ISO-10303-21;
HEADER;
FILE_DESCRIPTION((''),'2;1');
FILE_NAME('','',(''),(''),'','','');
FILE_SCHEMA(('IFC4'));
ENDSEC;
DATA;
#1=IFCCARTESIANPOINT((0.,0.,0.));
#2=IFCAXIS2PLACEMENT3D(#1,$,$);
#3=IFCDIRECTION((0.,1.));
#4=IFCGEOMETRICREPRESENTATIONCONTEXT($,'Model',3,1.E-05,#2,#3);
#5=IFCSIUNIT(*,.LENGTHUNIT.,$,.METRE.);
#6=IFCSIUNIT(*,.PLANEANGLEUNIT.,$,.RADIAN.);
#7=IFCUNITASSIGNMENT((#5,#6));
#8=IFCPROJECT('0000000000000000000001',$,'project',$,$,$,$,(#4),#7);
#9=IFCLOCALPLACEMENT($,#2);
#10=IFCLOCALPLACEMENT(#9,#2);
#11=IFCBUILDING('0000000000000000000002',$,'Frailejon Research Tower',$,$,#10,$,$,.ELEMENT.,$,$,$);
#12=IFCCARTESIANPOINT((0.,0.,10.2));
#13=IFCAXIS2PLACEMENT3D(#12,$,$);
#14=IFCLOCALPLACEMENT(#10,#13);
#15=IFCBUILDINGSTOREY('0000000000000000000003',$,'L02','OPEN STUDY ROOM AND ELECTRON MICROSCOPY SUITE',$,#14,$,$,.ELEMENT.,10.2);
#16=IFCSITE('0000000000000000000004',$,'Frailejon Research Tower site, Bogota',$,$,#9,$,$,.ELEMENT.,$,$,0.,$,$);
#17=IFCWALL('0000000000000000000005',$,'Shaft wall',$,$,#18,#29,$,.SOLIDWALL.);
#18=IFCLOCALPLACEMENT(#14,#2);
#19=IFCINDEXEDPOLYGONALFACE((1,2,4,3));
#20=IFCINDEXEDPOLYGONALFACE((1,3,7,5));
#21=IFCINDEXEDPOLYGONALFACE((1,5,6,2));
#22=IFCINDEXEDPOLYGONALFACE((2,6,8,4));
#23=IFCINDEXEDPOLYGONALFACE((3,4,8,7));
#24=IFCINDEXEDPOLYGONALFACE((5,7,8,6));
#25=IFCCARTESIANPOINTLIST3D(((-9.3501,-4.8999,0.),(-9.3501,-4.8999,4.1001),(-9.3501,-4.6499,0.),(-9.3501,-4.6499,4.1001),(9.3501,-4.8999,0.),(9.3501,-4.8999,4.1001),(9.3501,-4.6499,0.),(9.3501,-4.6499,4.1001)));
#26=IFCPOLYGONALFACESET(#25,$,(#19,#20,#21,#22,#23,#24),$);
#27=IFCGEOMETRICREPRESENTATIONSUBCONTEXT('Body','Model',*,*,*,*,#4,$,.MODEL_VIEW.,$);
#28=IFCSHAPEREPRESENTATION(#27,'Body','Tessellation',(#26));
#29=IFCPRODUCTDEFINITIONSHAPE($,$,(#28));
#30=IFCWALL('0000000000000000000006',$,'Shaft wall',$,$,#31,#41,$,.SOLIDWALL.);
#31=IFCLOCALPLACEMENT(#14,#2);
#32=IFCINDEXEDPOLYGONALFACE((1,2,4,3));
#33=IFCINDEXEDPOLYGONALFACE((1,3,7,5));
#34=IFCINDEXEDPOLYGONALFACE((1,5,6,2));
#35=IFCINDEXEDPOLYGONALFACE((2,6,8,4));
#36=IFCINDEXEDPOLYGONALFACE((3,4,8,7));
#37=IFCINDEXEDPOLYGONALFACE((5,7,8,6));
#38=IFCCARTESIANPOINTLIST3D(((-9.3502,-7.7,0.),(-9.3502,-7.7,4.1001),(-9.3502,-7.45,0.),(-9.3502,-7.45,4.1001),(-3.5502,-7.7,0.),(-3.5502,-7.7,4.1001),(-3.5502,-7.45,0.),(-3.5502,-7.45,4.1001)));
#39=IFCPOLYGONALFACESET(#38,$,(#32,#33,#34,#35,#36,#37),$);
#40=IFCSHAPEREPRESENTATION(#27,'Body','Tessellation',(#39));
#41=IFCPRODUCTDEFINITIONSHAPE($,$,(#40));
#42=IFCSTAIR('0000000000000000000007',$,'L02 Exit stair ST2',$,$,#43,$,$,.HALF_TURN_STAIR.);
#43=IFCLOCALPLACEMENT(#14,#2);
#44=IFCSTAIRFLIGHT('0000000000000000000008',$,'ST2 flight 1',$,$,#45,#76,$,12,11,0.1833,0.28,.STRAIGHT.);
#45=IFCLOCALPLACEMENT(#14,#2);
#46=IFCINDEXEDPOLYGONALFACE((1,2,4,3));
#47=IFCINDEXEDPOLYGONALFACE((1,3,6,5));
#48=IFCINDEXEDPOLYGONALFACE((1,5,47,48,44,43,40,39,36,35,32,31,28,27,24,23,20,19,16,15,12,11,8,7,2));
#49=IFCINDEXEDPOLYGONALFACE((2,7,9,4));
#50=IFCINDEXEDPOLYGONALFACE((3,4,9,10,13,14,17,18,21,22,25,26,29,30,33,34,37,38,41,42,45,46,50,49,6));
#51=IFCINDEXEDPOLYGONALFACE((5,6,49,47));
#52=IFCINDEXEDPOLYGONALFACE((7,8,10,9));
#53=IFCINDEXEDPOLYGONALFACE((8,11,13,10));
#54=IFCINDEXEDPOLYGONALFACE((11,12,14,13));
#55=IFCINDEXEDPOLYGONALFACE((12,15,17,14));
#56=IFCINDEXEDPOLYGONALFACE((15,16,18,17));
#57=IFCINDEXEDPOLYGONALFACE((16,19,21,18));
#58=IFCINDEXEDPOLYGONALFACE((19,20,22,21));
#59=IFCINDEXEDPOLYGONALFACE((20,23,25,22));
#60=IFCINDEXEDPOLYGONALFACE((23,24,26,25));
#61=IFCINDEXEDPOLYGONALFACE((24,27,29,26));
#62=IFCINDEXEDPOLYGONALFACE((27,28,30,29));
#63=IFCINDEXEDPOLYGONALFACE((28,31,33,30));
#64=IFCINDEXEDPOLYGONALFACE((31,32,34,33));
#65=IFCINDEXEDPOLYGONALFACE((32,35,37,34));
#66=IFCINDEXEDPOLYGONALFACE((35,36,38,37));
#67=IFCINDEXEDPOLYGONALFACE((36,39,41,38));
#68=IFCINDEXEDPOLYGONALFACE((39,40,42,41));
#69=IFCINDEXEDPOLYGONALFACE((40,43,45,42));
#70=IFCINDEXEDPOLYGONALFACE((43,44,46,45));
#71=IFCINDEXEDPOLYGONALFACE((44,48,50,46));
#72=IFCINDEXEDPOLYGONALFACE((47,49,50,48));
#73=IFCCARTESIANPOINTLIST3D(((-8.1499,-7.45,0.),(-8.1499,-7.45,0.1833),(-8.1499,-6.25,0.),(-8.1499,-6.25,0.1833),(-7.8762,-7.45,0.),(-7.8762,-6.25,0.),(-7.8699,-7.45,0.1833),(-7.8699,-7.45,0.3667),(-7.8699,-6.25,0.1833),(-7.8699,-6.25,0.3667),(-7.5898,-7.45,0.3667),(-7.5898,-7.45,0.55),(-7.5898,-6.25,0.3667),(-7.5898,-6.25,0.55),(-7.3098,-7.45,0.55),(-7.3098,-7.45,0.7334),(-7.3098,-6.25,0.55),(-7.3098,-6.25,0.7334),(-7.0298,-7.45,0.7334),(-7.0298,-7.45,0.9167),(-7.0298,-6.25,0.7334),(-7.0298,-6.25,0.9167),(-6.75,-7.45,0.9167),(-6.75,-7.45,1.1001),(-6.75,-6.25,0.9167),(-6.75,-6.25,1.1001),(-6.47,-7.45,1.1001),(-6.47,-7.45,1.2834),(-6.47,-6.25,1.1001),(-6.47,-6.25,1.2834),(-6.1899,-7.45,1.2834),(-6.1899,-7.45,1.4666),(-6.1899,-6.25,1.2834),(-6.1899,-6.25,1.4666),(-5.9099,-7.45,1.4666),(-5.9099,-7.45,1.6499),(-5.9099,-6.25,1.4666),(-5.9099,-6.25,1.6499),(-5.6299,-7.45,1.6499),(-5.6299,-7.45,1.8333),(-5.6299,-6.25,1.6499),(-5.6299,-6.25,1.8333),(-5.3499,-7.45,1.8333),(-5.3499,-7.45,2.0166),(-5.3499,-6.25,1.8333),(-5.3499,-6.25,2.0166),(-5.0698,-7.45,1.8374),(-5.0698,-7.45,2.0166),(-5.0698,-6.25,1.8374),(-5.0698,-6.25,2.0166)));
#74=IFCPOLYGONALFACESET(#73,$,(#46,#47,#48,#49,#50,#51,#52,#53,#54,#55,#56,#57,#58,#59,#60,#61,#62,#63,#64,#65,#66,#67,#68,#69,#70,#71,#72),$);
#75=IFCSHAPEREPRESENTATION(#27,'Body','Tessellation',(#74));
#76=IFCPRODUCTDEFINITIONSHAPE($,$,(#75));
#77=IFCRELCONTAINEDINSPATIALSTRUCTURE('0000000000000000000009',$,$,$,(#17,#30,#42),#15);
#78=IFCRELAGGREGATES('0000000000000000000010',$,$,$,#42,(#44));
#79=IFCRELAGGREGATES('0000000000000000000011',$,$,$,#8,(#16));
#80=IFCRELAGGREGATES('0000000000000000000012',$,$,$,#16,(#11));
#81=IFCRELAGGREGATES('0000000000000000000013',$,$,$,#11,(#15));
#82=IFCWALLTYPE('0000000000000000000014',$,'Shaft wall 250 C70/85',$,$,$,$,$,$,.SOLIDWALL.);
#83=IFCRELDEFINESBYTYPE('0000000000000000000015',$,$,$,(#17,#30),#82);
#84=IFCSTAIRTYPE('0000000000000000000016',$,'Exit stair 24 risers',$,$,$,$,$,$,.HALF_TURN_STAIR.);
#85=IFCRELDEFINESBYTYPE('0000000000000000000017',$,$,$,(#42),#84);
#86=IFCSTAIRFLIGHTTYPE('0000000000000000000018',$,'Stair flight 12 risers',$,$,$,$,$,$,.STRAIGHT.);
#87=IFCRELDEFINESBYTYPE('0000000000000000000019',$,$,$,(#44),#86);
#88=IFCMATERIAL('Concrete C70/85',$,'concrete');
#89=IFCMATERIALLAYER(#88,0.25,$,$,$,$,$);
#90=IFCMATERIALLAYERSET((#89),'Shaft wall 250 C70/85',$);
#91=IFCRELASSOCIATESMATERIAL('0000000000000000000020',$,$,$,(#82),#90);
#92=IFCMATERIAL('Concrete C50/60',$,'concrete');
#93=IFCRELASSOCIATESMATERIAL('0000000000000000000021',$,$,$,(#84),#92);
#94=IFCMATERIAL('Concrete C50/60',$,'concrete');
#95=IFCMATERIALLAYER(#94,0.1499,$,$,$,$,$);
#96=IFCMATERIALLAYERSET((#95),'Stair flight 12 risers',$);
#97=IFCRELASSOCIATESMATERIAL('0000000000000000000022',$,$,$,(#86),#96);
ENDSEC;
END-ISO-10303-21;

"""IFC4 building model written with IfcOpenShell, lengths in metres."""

from ifc_helpers import new_model, si_unit, direction, frame, frame_2d, origin, place, context, subcontext, project, spatial, polyline, rectangle, outline, extrude, material, layer, layer_set, type_object, element, aggregate, save


model = new_model("IFC4")

# Units and contexts
model_context = context("Model", 3, precision=1e-05, world=origin(), true_north=direction((0.0, 1.0)))
body_context = subcontext(model_context, "Body", "Model", "MODEL_VIEW")
ifc_project = project(units=[si_unit("LENGTHUNIT", "METRE"), si_unit("PLANEANGLEUNIT", "RADIAN")], contexts=[model_context])

# Site, building, storey
site_placement = place(None, origin())
site = spatial("IfcSite", under=ifc_project, at=site_placement, Name="Frailejon Research Tower site, Bogota", CompositionType="ELEMENT", RefElevation=0.0)
building_placement = place(site_placement, origin())
building = spatial("IfcBuilding", under=site, at=building_placement, Name="Frailejon Research Tower", CompositionType="ELEMENT")
storey_placement = place(building_placement, frame((0.0, 0.0, 10.2)))
storey = spatial("IfcBuildingStorey", under=building, at=storey_placement, Name="L02", Description="OPEN STUDY ROOM AND ELECTRON MICROSCOPY SUITE", CompositionType="ELEMENT", Elevation=10.2)

# Walls
ifc_material_1 = material(Name="Concrete C70/85", Category="concrete")
ifc_layer_1 = layer(ifc_material_1, 0.25)
ifc_layer_set_1 = layer_set([ifc_layer_1], Name="Shaft wall 250 C70/85")
wall_type_1 = type_object("IfcWallType", Name="Shaft wall 250 C70/85", PredefinedType="SOLIDWALL", material=ifc_layer_set_1)
wall_1_placement = place(storey_placement, frame((-9.3501, -4.7749, 0.0), z_axis=(0.0, 0.0, 1.0), x_axis=(1.0, 0.0, 0.0)))
element("IfcWall", 1, at=wall_1_placement, inside=storey, type_object=wall_type_1, Name="Shaft wall", PredefinedType="SOLIDWALL", context=body_context, shape_type="SweptSolid", body=[
    extrude(rectangle(XDim=18.7002, YDim=0.25, at=frame_2d((9.3501, 0.0))), origin(), (0.0, 0.0, 1.0), 4.1001),
])
wall_2_placement = place(storey_placement, frame((-9.3501, -7.575, 0.0), z_axis=(0.0, 0.0, 1.0), x_axis=(1.0, 0.0, 0.0)))
element("IfcWall", 2, at=wall_2_placement, inside=storey, type_object=wall_type_1, Name="Shaft wall", PredefinedType="SOLIDWALL", context=body_context, shape_type="SweptSolid", body=[
    extrude(rectangle(XDim=5.8, YDim=0.25, at=frame_2d((2.8999, 0.0))), origin(), (0.0, 0.0, 1.0), 4.1001),
])

# Stair, stair flight
ifc_material_2 = material(Name="Concrete C50/60", Category="concrete")
stair_type = type_object("IfcStairType", Name="Exit stair 24 risers", PredefinedType="HALF_TURN_STAIR", material=ifc_material_2)
stair_placement = place(storey_placement, origin())
stair = element("IfcStair", 3, at=stair_placement, inside=storey, type_object=stair_type, Name="L02 Exit stair ST2", PredefinedType="HALF_TURN_STAIR")
ifc_material_3 = material(Name="Concrete C50/60", Category="concrete")
ifc_layer_2 = layer(ifc_material_3, 0.1499)
ifc_layer_set_2 = layer_set([ifc_layer_2], Name="Stair flight 12 risers")
stair_flight_type = type_object("IfcStairFlightType", Name="Stair flight 12 risers", PredefinedType="STRAIGHT", material=ifc_layer_set_2)
stair_flight_placement = place(storey_placement, frame((-8.1499, -6.8501, 0.0), z_axis=(0.0, 0.0, 1.0), x_axis=(1.0, 0.0, 0.0)))
stair_flight = element("IfcStairFlight", 4, at=stair_flight_placement, type_object=stair_flight_type, Name="ST2 flight 1", NumberOfRisers=12, NumberOfTreads=11, PredefinedType="STRAIGHT", RiserHeight=0.1833, TreadLength=0.28, context=body_context, shape_type="SweptSolid", body=[
    extrude(outline(polyline([(0.0, 0.0), (0.0, 0.1833), (0.28, 0.1833), (0.28, 0.3667), (0.5601, 0.3667), (0.5601, 0.55), (0.8401, 0.55), (0.8401, 0.7334), (1.1201, 0.7334), (1.1201, 0.9167), (1.3999, 0.9167), (1.3999, 1.1001), (1.6799, 1.1001), (1.6799, 1.2834), (1.96, 1.2834), (1.96, 1.4666), (2.24, 1.4666), (2.24, 1.6499), (2.52, 1.6499), (2.52, 1.8333), (2.8, 1.8333), (2.8, 2.0166), (3.0801, 2.0166), (3.0801, 2.2), (3.0801, 1.8374), (0.2737, 0.0), (0.0, 0.0)])), frame((0.0, 0.6001, 0.0), z_axis=(0.0, -1.0, 0.0), x_axis=(1.0, 0.0, 0.0)), (0.0, 0.0, 1.0), 1.2),
])
aggregate(stair, [stair_flight])

save(model, "model.ifc")
